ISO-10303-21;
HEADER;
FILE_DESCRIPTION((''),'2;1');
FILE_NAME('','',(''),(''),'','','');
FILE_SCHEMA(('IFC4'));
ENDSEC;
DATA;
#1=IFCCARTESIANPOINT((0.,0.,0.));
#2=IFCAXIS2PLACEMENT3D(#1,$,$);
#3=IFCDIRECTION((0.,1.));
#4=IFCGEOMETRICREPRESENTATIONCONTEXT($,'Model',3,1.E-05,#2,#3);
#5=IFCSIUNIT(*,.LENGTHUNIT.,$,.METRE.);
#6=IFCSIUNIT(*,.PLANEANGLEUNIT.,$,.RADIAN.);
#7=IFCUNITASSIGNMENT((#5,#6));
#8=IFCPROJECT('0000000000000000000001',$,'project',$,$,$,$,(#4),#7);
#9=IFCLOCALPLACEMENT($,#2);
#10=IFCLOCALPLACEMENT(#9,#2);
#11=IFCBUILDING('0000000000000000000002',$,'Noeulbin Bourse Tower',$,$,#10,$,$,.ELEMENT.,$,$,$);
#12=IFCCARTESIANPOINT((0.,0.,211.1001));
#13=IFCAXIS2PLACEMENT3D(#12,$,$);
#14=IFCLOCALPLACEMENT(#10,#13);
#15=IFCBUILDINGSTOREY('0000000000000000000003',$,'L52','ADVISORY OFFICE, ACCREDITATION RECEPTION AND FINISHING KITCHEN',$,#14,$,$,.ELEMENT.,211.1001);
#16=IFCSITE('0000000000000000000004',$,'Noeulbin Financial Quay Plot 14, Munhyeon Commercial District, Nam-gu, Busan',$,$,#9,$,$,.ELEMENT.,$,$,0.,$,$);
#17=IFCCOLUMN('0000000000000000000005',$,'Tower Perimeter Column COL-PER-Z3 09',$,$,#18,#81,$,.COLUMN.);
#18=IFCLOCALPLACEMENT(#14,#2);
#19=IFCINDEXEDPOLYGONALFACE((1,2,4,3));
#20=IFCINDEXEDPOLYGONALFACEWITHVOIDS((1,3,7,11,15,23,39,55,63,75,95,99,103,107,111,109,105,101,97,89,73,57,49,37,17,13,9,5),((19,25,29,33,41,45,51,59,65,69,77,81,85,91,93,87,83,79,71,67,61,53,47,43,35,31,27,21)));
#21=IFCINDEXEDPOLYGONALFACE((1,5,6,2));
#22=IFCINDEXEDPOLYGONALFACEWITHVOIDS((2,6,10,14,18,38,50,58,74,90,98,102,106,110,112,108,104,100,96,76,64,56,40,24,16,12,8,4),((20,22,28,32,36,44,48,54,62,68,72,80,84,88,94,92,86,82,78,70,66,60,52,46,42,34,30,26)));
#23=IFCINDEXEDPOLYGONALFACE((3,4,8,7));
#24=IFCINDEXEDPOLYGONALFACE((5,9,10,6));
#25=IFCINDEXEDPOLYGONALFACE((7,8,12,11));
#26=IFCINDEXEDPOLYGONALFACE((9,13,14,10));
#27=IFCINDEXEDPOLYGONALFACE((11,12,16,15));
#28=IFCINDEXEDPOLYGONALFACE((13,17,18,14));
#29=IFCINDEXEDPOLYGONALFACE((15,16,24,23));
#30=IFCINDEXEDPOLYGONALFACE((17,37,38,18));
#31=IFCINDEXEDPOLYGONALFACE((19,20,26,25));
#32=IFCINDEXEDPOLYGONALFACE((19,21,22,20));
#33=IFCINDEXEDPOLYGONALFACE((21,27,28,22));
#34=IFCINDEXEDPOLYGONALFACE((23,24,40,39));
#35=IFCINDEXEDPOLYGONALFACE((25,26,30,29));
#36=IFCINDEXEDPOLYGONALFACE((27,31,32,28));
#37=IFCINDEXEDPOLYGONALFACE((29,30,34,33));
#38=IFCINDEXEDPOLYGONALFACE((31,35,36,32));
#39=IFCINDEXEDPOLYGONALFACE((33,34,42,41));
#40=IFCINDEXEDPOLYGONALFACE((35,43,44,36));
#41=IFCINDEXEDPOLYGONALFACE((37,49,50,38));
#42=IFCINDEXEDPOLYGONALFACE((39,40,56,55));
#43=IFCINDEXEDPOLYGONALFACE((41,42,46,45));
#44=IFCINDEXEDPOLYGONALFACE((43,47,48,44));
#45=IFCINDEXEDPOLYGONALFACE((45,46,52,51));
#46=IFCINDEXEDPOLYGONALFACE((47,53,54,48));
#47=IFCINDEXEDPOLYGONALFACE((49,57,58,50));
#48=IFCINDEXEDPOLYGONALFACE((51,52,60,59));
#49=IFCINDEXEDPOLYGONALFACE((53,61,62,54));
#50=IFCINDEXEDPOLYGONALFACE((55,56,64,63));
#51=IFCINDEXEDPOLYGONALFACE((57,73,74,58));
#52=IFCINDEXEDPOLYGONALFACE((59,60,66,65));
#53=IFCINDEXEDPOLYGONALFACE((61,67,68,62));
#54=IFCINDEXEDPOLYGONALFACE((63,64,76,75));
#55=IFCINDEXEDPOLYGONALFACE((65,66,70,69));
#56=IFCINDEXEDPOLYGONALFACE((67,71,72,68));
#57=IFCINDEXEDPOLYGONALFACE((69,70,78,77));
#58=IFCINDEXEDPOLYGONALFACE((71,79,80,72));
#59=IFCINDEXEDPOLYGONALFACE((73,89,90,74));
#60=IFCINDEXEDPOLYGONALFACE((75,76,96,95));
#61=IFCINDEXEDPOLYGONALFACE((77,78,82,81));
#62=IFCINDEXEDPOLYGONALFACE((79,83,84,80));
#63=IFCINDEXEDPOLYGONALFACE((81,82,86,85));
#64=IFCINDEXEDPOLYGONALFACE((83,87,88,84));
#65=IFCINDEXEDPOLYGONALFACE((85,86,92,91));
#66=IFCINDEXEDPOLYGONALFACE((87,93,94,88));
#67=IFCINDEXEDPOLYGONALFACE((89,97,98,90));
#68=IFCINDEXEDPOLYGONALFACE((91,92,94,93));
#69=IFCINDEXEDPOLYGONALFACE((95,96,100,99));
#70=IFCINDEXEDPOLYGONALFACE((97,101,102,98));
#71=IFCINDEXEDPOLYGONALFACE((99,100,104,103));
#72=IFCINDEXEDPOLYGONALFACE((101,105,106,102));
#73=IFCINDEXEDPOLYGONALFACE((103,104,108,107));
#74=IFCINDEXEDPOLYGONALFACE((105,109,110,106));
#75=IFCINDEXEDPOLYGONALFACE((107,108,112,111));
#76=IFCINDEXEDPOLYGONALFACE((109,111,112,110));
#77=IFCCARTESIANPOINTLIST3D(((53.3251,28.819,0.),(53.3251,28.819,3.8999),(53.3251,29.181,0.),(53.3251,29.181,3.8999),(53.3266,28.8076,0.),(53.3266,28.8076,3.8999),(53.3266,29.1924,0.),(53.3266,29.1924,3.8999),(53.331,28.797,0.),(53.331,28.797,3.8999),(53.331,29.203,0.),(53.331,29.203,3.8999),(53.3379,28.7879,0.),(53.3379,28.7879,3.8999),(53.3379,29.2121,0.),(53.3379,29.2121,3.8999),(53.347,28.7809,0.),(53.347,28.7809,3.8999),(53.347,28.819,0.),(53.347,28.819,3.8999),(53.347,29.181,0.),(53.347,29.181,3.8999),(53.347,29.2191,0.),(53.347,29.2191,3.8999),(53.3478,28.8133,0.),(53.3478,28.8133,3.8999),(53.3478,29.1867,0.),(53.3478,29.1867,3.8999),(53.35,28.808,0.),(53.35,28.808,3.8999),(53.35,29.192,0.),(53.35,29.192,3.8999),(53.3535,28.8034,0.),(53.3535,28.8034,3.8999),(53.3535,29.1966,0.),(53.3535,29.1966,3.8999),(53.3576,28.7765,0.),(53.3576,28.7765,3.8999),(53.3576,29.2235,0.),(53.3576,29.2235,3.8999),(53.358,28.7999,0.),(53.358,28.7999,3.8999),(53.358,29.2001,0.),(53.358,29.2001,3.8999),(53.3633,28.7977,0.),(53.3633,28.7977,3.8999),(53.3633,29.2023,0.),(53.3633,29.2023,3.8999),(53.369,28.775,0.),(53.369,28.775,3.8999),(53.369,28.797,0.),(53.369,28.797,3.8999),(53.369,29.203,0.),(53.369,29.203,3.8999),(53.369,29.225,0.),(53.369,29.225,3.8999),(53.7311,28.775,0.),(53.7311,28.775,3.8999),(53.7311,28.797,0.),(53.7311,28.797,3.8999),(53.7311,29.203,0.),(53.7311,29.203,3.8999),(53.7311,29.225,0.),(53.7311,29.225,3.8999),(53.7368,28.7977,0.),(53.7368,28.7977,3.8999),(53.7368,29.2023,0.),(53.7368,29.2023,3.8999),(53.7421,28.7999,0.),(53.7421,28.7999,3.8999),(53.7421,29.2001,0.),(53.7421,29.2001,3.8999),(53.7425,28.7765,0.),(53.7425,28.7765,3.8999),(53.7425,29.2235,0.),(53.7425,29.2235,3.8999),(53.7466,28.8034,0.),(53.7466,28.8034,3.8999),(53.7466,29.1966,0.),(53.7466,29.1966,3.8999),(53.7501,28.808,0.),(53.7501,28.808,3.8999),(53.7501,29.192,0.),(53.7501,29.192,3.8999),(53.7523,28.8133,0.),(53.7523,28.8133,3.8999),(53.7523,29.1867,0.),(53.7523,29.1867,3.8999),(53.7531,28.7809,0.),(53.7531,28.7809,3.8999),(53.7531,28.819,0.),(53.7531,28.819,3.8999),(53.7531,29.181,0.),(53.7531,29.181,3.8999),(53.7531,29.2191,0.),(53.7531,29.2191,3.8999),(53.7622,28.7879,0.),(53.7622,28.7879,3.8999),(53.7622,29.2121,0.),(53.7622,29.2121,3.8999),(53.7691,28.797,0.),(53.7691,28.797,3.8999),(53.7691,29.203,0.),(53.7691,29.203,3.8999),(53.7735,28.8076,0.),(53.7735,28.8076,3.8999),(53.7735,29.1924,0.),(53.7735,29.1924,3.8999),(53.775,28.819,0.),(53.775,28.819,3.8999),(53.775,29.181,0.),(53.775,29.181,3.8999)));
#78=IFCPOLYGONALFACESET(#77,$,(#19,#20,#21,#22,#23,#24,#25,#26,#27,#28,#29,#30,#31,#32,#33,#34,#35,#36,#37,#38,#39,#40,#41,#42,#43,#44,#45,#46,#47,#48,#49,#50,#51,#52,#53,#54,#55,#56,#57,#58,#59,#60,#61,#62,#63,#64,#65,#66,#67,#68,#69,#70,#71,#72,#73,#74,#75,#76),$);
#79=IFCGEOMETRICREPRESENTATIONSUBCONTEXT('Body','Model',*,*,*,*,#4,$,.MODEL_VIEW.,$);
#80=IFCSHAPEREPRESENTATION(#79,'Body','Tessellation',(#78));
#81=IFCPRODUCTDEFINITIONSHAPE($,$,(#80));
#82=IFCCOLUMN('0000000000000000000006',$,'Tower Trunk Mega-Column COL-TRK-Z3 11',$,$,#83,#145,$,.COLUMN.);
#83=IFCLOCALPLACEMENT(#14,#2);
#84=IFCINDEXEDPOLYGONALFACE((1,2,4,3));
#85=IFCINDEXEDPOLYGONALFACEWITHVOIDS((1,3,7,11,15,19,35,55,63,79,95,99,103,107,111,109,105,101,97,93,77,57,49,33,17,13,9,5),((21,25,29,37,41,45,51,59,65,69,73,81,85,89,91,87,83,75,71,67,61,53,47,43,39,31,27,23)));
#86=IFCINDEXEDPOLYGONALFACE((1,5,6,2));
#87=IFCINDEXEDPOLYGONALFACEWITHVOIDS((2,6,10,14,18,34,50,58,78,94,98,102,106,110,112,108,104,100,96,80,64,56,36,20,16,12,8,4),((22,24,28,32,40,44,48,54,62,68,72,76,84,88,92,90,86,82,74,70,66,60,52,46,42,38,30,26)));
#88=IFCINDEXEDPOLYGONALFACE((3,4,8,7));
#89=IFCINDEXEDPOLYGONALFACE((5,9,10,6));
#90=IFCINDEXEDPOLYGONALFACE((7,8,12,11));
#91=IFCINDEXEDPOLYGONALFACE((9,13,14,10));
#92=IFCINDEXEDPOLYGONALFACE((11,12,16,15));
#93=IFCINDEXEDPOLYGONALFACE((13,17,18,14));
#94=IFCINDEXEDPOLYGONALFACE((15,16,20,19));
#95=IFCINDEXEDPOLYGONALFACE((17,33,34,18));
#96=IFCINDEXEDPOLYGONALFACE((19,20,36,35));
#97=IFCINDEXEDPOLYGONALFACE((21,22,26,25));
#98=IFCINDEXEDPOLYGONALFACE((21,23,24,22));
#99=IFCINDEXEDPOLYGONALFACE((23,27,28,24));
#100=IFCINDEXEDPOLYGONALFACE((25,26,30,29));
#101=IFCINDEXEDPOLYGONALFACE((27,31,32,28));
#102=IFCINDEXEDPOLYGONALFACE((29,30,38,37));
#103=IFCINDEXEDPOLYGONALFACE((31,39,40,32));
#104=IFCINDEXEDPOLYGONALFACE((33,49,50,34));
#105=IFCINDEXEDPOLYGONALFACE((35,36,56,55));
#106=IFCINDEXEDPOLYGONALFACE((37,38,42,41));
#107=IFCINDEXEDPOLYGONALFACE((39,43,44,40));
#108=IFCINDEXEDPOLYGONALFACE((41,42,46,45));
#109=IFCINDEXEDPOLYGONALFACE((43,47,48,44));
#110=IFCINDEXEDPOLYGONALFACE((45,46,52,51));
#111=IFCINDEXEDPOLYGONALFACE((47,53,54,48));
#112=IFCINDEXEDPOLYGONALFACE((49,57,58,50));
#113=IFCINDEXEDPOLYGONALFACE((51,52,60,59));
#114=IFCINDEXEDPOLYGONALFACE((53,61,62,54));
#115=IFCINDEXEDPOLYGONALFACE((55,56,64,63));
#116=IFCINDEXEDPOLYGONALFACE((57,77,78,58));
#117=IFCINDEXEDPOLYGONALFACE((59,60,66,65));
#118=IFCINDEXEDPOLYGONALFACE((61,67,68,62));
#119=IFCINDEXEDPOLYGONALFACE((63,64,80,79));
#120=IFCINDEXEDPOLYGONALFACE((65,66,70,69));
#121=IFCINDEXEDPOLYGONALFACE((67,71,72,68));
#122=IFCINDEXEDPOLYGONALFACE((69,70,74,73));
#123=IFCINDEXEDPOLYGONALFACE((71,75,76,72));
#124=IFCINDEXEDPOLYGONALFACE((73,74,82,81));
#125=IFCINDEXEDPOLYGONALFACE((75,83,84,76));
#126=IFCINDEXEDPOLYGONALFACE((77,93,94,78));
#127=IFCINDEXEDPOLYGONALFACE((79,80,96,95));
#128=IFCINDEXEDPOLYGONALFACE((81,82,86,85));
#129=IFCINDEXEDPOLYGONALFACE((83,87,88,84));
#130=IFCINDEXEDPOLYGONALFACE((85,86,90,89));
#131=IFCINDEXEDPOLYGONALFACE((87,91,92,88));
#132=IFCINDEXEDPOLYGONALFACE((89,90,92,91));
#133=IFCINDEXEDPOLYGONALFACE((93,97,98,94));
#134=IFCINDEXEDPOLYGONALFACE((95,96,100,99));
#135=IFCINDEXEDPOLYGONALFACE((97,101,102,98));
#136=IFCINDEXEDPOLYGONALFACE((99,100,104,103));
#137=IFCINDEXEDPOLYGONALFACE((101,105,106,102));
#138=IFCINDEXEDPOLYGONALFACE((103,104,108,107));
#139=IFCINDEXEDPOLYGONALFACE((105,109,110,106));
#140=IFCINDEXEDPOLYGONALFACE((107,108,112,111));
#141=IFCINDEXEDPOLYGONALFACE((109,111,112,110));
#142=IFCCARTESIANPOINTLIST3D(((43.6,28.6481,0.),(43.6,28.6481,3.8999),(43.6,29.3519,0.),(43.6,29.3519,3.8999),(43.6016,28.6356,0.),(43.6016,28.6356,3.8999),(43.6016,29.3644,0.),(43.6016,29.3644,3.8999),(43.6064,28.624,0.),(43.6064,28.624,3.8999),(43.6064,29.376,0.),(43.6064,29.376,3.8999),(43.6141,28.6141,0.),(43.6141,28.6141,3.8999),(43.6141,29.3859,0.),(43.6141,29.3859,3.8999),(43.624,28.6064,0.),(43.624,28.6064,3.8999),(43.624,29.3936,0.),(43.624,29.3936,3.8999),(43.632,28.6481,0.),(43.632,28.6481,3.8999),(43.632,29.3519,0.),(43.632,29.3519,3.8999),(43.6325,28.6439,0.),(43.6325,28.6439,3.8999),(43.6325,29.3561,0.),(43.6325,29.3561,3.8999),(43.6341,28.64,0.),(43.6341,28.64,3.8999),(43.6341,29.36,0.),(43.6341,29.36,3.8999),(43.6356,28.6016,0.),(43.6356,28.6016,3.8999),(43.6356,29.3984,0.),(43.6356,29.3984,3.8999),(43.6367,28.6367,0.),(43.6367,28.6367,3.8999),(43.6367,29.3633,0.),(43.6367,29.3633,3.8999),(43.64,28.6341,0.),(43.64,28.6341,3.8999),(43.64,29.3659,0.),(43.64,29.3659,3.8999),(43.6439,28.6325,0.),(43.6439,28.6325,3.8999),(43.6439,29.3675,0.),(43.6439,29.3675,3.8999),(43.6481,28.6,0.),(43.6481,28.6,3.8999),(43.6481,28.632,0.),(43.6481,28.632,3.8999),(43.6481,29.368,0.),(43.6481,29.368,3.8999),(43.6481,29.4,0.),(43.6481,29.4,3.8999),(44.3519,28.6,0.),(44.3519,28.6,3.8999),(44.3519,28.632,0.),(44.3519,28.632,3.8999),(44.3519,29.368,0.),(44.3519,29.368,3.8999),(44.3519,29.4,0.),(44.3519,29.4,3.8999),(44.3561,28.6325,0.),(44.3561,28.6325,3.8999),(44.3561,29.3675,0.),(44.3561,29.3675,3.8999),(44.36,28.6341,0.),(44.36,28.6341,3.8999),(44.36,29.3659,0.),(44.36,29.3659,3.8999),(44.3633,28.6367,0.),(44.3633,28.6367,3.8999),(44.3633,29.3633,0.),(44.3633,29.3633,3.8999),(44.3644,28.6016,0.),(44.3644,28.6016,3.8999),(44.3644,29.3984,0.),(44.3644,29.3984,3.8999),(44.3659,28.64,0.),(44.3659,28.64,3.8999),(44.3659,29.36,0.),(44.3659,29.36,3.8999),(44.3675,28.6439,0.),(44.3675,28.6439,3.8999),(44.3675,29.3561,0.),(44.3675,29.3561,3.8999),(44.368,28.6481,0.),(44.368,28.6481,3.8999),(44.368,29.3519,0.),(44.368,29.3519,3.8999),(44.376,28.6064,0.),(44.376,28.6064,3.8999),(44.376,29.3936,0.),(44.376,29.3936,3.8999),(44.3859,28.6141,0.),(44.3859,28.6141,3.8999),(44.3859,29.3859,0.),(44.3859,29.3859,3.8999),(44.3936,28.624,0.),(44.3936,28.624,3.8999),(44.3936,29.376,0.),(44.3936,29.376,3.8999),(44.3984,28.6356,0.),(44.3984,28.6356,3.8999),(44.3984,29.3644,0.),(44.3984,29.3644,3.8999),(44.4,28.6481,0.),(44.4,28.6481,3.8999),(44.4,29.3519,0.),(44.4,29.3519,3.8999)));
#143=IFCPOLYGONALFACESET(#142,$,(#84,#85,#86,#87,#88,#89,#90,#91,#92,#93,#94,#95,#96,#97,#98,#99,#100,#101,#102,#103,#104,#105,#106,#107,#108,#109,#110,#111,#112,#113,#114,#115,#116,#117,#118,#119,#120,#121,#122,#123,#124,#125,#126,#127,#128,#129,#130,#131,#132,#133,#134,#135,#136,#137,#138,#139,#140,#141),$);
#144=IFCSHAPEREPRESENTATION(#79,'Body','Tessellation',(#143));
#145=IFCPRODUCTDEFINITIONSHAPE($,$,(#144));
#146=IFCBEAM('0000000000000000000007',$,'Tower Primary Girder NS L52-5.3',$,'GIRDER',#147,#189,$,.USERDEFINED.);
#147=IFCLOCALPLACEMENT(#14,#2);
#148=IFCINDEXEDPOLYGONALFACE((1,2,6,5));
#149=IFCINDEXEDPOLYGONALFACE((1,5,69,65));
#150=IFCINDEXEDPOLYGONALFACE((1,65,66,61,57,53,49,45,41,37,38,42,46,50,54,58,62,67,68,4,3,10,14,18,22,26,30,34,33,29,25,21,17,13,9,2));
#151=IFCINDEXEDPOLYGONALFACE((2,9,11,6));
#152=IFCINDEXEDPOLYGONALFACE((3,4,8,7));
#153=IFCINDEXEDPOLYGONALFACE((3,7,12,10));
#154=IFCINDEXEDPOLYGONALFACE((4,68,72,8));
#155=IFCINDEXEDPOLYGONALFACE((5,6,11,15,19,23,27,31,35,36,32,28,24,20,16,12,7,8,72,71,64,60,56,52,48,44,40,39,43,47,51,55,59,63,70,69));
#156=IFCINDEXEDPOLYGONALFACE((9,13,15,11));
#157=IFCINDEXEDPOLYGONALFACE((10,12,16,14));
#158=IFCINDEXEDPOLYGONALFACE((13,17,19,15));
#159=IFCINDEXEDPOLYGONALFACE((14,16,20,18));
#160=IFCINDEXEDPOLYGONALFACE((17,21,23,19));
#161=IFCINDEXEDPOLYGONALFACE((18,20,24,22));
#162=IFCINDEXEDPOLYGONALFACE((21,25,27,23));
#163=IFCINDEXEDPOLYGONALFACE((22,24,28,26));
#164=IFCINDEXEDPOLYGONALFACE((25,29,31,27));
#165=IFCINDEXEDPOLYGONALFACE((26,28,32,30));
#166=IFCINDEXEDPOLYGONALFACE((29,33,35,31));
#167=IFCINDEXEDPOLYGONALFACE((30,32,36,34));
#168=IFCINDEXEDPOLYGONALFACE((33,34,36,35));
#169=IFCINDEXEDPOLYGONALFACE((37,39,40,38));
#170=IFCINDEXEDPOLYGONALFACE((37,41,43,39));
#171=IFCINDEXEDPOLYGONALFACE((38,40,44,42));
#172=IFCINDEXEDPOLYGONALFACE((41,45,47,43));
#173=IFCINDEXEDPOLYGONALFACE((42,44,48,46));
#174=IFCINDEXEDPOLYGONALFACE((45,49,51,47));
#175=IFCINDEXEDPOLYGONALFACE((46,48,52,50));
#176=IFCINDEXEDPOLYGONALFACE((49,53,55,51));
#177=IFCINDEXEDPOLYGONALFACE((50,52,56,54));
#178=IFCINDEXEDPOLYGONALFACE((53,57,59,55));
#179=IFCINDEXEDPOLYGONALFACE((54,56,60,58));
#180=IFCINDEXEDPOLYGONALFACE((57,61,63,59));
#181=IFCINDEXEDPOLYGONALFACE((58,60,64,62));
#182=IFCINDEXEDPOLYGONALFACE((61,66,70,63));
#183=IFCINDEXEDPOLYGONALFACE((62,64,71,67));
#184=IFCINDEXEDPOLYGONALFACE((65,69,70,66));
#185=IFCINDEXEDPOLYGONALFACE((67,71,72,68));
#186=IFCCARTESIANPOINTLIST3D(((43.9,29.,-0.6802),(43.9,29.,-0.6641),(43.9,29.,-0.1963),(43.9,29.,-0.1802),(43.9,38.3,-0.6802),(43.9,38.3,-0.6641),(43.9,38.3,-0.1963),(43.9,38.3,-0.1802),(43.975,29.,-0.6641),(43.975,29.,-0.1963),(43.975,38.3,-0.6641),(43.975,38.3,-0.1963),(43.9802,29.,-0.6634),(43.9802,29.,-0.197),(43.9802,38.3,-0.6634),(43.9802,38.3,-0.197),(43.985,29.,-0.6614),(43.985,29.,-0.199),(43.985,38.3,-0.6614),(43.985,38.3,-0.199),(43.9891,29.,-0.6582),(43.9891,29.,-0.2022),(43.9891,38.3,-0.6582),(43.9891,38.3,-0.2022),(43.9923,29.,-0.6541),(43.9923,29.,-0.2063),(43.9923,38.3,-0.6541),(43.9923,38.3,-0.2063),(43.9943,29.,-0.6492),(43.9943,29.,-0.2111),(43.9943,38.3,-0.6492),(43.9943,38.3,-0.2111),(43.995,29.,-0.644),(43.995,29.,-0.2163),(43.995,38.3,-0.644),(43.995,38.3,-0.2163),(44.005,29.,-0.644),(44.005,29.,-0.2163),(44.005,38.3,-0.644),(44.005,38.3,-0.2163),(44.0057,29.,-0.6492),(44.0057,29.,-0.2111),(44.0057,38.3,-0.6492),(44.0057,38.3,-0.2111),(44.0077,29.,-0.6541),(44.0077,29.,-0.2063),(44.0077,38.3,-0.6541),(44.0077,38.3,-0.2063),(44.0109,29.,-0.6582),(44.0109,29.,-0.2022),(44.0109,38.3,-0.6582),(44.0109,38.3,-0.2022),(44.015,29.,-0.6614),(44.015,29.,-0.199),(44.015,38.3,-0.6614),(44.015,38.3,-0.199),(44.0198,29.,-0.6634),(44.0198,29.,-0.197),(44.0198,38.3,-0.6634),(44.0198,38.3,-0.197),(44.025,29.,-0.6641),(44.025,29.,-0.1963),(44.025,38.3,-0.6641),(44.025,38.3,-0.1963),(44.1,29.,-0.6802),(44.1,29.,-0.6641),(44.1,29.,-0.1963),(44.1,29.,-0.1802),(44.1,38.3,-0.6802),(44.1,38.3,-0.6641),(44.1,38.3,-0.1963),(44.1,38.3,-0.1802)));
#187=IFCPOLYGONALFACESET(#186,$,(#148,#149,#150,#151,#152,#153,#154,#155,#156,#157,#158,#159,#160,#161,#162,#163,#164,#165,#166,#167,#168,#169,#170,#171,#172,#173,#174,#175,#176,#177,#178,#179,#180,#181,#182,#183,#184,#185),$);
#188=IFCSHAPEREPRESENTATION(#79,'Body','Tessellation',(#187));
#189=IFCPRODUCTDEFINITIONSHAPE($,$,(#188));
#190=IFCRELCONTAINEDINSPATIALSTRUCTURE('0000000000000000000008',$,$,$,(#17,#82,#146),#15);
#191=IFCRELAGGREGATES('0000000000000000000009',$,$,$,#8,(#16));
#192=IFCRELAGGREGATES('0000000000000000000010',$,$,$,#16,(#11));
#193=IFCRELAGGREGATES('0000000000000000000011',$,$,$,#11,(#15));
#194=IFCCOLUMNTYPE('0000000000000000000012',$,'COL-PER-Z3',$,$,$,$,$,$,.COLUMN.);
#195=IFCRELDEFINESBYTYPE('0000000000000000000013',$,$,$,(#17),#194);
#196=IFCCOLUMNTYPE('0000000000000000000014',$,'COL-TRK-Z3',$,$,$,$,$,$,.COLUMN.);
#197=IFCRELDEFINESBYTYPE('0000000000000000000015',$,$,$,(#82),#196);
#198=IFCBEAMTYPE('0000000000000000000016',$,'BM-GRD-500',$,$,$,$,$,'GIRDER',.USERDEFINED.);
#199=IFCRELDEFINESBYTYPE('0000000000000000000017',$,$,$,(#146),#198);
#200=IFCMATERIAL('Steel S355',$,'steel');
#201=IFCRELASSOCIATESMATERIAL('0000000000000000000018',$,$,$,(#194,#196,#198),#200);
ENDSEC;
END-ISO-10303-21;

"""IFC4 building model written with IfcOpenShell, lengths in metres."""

from ifc_helpers import new_model, si_unit, direction, frame, origin, origin_2d, place, context, subcontext, project, spatial, hollow_rectangle, i_section, extrude, material, material_profile, profile_set, type_object, element, save


model = new_model("IFC4")

# Units and contexts
model_context = context("Model", 3, precision=1e-05, world=origin(), true_north=direction((0.0, 1.0)))
body_context = subcontext(model_context, "Body", "Model", "MODEL_VIEW")
ifc_project = project(units=[si_unit("LENGTHUNIT", "METRE"), si_unit("PLANEANGLEUNIT", "RADIAN")], contexts=[model_context])

# Site, building, storey
site_placement = place(None, origin())
site = spatial("IfcSite", under=ifc_project, at=site_placement, Name="Noeulbin Financial Quay Plot 14, Munhyeon Commercial District, Nam-gu, Busan", CompositionType="ELEMENT", RefElevation=0.0)
building_placement = place(site_placement, origin())
building = spatial("IfcBuilding", under=site, at=building_placement, Name="Noeulbin Bourse Tower", CompositionType="ELEMENT")
storey_placement = place(building_placement, frame((0.0, 0.0, 211.1001)))
storey = spatial("IfcBuildingStorey", under=building, at=storey_placement, Name="L52", Description="ADVISORY OFFICE, ACCREDITATION RECEPTION AND FINISHING KITCHEN", CompositionType="ELEMENT", Elevation=211.1001)

# Columns
ifc_material_1 = material(Name="Steel S355", Category="steel")
ifc_material_profile_1 = material_profile(ifc_material_1, hollow_rectangle(XDim=0.45, YDim=0.45, WallThickness=0.022, InnerFilletRadius=0.022, OuterFilletRadius=0.0439, at=origin_2d()), Name="SHS-450x450x22", Category="LoadBearing")
ifc_profile_set_1 = profile_set([ifc_material_profile_1], Name="Steel S355")
column_type_1 = type_object("IfcColumnType", Name="COL-PER-Z3", PredefinedType="COLUMN", material=ifc_profile_set_1)
column_1_placement = place(storey_placement, frame((53.55, 29.0, 0.0), z_axis=(0.0, 0.0, 1.0), x_axis=(1.0, 0.0, 0.0)))
element("IfcColumn", 1, at=column_1_placement, inside=storey, type_object=column_type_1, Name="Tower Perimeter Column COL-PER-Z3 09", PredefinedType="COLUMN", context=body_context, shape_type="SweptSolid", body=[
    extrude(hollow_rectangle(XDim=0.45, YDim=0.45, WallThickness=0.022, InnerFilletRadius=0.022, OuterFilletRadius=0.0439, at=origin_2d()), origin(), (0.0, 0.0, 1.0), 3.8999),
])
ifc_material_profile_2 = material_profile(ifc_material_1, hollow_rectangle(XDim=0.8, YDim=0.8, WallThickness=0.032, InnerFilletRadius=0.0161, OuterFilletRadius=0.0481, at=origin_2d()), Name="BOX-800x800x32", Category="LoadBearing")
ifc_profile_set_2 = profile_set([ifc_material_profile_2], Name="Steel S355")
column_type_2 = type_object("IfcColumnType", Name="COL-TRK-Z3", PredefinedType="COLUMN", material=ifc_profile_set_2)
column_2_placement = place(storey_placement, frame((44.0, 29.0, 0.0), z_axis=(0.0, 0.0, 1.0), x_axis=(1.0, 0.0, 0.0)))
element("IfcColumn", 2, at=column_2_placement, inside=storey, type_object=column_type_2, Name="Tower Trunk Mega-Column COL-TRK-Z3 11", PredefinedType="COLUMN", context=body_context, shape_type="SweptSolid", body=[
    extrude(hollow_rectangle(XDim=0.8, YDim=0.8, WallThickness=0.032, InnerFilletRadius=0.0161, OuterFilletRadius=0.0481, at=origin_2d()), origin(), (0.0, 0.0, 1.0), 3.8999),
])

# Beam
ifc_material_profile_3 = material_profile(ifc_material_1, i_section(OverallWidth=0.2, OverallDepth=0.5, WebThickness=0.01, FlangeThickness=0.0161, FilletRadius=0.02, at=origin_2d()), Name="H-500x200x10x16", Category="LoadBearing")
ifc_profile_set_3 = profile_set([ifc_material_profile_3], Name="Steel S355")
beam_type_1 = type_object("IfcBeamType", Name="BM-GRD-500", ElementType="GIRDER", PredefinedType="USERDEFINED", material=ifc_profile_set_3)
beam_1_placement = place(storey_placement, frame((44.0, 29.0, -0.4302), z_axis=(0.0, 1.0, 0.0), x_axis=(-1.0, 0.0, 0.0)))
element("IfcBeam", 3, at=beam_1_placement, inside=storey, type_object=beam_type_1, Name="Tower Primary Girder NS L52-5.3", ObjectType="GIRDER", PredefinedType="USERDEFINED", context=body_context, shape_type="SweptSolid", body=[
    extrude(i_section(OverallWidth=0.2, OverallDepth=0.5, WebThickness=0.01, FlangeThickness=0.0161, FilletRadius=0.02, at=origin_2d()), origin(), (0.0, 0.0, 1.0), 9.3),
])

save(model, "model.ifc")
